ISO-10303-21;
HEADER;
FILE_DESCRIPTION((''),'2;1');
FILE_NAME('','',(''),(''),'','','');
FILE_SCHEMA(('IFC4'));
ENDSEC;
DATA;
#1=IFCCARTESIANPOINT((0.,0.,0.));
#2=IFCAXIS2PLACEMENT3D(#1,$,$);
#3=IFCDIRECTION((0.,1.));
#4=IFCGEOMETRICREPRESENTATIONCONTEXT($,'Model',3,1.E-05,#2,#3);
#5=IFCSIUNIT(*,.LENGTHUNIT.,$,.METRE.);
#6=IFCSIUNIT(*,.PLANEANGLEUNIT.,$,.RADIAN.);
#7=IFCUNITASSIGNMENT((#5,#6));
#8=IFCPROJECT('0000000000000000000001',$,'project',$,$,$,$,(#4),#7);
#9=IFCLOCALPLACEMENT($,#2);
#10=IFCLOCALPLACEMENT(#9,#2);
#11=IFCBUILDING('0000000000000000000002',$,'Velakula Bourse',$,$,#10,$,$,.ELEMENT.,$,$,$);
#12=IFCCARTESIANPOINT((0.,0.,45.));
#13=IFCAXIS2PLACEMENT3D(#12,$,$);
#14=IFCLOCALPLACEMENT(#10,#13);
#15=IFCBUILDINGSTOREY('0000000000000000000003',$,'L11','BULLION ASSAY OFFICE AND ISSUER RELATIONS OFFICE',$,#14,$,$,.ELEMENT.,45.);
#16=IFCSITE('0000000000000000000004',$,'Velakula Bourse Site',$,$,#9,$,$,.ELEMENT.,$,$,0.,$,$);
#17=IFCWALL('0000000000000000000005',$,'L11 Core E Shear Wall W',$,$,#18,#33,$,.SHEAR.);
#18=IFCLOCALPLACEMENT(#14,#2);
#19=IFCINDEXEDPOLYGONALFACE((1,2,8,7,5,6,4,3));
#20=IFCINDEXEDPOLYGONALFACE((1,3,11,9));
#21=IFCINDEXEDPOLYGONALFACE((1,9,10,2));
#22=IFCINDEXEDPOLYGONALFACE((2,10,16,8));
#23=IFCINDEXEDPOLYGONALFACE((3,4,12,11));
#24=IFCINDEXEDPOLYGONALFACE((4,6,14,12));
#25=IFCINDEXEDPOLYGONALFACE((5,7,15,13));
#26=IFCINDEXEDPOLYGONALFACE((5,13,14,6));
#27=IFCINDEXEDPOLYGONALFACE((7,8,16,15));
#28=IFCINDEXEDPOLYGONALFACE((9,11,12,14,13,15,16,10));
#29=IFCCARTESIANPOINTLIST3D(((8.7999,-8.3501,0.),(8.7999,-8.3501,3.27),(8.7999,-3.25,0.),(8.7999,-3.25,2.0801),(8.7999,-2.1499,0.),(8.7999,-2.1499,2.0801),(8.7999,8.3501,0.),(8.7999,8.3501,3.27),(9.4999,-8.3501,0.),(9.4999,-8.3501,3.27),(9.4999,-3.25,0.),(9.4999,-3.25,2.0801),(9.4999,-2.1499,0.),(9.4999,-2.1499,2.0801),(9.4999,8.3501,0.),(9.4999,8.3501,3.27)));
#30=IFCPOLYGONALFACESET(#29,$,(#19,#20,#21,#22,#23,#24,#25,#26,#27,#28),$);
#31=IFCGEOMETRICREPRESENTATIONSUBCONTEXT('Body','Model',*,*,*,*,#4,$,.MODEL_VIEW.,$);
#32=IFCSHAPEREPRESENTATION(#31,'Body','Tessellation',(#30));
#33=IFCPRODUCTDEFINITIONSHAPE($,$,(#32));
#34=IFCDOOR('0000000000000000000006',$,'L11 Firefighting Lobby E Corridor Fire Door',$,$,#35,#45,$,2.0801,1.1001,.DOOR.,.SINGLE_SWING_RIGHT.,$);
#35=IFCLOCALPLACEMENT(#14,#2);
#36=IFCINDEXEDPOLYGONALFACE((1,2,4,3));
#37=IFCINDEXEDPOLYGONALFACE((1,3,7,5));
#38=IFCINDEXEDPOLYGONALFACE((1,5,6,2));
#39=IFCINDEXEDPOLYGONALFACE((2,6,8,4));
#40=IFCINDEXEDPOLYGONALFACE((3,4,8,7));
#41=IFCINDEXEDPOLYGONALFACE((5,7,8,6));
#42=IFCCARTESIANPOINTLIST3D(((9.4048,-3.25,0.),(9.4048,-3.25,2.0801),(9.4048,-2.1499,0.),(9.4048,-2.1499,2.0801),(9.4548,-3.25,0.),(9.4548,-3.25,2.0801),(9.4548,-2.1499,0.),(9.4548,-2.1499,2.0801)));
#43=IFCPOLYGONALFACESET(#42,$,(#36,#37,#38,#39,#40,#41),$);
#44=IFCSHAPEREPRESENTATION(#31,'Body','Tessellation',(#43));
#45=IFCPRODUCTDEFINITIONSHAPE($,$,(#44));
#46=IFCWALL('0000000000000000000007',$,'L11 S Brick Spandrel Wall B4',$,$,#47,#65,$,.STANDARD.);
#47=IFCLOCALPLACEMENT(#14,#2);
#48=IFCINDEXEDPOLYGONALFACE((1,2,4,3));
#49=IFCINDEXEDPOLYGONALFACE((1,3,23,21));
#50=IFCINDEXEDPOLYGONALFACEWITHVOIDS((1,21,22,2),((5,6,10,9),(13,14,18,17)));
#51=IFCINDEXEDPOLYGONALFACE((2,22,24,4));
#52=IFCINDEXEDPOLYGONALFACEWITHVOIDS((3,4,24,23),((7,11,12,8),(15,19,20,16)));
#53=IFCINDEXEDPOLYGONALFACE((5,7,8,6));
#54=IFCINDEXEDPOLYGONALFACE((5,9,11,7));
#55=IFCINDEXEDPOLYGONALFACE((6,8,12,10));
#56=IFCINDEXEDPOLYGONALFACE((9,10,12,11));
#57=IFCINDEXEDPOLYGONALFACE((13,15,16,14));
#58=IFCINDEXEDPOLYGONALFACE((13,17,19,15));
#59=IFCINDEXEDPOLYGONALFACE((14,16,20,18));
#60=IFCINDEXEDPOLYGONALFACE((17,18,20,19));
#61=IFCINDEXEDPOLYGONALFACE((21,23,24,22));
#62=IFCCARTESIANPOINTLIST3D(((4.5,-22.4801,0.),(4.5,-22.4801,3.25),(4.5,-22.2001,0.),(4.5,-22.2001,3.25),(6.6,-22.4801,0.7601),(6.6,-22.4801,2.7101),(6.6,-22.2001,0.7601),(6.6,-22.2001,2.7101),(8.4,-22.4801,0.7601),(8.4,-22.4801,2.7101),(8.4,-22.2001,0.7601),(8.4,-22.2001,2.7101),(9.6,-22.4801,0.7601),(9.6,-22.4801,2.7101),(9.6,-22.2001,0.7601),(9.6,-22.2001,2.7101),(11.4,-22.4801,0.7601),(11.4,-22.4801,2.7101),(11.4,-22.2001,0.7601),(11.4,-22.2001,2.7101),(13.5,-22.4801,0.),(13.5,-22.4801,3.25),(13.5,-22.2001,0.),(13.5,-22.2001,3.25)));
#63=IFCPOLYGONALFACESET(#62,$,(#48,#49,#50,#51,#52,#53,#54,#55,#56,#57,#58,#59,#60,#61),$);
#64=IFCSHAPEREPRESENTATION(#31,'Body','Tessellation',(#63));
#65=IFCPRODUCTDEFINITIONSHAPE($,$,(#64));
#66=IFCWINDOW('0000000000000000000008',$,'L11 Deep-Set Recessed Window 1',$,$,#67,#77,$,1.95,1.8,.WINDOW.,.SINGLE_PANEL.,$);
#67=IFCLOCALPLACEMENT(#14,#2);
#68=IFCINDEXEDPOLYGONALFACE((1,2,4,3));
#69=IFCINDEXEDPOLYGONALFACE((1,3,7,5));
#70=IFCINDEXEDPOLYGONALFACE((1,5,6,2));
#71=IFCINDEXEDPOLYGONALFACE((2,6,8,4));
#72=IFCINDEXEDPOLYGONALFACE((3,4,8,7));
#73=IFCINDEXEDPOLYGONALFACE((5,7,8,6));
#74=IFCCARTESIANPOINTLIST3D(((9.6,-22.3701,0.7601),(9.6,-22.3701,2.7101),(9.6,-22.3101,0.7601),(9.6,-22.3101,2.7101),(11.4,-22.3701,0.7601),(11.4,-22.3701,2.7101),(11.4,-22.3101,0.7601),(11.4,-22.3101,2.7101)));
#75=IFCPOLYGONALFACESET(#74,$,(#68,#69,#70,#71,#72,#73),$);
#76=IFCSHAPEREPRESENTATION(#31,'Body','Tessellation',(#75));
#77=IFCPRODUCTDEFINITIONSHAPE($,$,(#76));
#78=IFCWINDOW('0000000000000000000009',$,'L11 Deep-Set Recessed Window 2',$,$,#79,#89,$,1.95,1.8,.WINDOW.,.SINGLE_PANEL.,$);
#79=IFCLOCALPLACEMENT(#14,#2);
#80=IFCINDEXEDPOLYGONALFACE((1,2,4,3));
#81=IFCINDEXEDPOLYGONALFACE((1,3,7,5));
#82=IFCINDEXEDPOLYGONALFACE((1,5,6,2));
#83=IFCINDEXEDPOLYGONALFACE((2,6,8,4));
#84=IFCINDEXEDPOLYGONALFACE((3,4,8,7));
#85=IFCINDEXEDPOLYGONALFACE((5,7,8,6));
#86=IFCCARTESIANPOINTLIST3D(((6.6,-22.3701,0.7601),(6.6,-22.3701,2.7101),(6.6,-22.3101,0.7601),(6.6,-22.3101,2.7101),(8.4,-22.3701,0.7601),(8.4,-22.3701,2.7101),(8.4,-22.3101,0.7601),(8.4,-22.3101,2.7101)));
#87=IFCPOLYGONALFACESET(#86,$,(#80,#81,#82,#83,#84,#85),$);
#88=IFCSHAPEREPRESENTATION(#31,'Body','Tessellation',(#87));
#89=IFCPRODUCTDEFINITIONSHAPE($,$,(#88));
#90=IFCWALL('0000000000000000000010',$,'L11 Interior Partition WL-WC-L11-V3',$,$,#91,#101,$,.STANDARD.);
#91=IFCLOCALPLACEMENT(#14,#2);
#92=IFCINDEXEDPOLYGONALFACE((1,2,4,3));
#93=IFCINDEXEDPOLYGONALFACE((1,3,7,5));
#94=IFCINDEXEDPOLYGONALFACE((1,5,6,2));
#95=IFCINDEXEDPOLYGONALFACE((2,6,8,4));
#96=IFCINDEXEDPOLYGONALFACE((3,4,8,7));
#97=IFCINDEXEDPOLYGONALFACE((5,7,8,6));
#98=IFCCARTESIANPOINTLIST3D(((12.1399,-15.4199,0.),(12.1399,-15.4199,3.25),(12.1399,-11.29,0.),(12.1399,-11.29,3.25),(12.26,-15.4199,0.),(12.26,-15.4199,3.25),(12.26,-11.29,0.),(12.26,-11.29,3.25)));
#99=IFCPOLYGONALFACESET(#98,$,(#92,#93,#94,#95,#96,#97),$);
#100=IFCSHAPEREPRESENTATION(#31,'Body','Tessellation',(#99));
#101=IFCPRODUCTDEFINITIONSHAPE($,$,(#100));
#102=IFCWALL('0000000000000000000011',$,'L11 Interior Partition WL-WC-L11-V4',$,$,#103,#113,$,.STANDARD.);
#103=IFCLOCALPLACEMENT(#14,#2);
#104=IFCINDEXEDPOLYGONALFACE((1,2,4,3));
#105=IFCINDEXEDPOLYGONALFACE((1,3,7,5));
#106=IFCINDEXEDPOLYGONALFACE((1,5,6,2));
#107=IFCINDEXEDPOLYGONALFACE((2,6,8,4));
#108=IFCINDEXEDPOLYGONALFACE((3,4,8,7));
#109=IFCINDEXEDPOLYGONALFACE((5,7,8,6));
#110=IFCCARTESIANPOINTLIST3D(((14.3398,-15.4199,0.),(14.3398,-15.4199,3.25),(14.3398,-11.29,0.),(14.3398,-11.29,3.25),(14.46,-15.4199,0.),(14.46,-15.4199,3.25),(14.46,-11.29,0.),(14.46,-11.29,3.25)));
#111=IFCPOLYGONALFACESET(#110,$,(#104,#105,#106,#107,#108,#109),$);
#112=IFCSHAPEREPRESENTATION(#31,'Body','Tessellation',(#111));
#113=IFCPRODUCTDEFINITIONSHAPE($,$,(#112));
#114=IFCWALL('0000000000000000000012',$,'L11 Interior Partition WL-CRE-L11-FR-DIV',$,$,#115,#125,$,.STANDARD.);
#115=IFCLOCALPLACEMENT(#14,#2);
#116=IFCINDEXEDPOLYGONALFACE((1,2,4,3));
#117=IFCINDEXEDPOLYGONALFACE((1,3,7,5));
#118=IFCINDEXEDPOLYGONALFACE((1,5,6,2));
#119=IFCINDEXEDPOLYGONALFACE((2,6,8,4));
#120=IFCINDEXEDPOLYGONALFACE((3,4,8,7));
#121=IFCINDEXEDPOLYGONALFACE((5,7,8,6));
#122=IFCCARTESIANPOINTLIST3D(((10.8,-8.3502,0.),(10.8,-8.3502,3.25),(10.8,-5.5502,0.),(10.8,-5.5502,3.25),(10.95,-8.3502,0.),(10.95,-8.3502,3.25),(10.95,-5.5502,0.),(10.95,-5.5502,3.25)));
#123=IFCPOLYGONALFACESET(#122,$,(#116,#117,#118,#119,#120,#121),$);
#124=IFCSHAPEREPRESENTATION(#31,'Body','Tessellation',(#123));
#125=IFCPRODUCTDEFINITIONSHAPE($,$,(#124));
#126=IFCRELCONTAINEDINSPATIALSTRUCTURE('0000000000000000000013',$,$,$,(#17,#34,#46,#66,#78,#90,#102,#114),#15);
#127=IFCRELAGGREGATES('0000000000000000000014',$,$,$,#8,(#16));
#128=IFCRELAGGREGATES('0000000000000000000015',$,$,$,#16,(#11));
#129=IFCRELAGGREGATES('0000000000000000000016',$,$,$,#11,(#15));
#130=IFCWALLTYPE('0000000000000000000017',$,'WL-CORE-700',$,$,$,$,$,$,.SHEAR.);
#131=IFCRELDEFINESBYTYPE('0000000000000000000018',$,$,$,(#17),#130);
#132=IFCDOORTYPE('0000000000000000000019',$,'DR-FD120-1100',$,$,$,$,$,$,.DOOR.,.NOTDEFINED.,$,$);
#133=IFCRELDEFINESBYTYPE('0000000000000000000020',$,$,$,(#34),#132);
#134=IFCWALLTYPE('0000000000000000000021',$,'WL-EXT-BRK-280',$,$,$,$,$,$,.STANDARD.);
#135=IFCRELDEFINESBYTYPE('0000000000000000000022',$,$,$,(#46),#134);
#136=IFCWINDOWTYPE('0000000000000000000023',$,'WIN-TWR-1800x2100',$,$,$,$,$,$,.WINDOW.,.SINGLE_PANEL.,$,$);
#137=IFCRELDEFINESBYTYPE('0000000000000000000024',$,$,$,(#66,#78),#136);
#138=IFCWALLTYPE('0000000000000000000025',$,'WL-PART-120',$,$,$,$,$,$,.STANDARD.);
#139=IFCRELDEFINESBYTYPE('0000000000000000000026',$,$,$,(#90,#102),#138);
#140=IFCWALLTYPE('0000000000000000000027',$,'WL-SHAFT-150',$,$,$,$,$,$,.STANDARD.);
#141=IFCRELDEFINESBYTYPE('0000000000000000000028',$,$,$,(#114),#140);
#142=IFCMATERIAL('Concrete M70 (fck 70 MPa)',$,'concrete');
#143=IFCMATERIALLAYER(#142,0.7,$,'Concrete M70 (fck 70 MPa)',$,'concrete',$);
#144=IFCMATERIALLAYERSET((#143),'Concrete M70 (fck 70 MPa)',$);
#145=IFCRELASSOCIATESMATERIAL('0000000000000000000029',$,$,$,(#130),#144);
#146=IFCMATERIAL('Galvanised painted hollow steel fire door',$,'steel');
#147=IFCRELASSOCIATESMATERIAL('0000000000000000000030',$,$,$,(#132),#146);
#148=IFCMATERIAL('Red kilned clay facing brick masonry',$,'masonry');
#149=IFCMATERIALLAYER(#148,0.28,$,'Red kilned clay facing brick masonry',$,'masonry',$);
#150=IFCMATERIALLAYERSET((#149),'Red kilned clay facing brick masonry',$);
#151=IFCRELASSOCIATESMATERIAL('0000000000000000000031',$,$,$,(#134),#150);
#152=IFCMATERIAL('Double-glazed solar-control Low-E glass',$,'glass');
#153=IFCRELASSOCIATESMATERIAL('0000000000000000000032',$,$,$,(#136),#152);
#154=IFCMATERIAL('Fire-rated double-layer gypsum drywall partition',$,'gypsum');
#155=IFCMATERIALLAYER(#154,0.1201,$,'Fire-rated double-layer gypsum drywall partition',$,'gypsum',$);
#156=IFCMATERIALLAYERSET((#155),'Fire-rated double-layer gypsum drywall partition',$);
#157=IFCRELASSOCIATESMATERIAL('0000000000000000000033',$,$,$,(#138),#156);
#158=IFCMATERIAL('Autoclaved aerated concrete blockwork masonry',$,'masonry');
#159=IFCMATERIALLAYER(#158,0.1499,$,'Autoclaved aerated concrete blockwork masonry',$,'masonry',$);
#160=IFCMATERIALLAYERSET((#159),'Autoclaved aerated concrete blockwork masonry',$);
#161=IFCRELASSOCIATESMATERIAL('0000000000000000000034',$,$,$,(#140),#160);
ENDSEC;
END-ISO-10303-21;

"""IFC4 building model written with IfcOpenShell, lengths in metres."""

from ifc_helpers import new_model, si_unit, direction, frame, frame_2d, origin, place, context, subcontext, project, spatial, rectangle, extrude, material, layer, layer_set, type_object, element, fill, save


model = new_model("IFC4")

# Units and contexts
model_context = context("Model", 3, precision=1e-05, world=origin(), true_north=direction((0.0, 1.0)))
body_context = subcontext(model_context, "Body", "Model", "MODEL_VIEW")
ifc_project = project(units=[si_unit("LENGTHUNIT", "METRE"), si_unit("PLANEANGLEUNIT", "RADIAN")], contexts=[model_context])

# Site, building, storey
site_placement = place(None, origin())
site = spatial("IfcSite", under=ifc_project, at=site_placement, Name="Velakula Bourse Site", CompositionType="ELEMENT", RefElevation=0.0)
building_placement = place(site_placement, origin())
building = spatial("IfcBuilding", under=site, at=building_placement, Name="Velakula Bourse", CompositionType="ELEMENT")
storey_placement = place(building_placement, frame((0.0, 0.0, 45.0)))
storey = spatial("IfcBuildingStorey", under=building, at=storey_placement, Name="L11", Description="BULLION ASSAY OFFICE AND ISSUER RELATIONS OFFICE", CompositionType="ELEMENT", Elevation=45.0)

# Shared definitions
ifc_material_1 = material(Name="Galvanised painted hollow steel fire door", Category="steel")

# Wall, opening, door
ifc_material_2 = material(Name="Concrete M70 (fck 70 MPa)", Category="concrete")
ifc_layer_1 = layer(ifc_material_2, 0.7, Name="Concrete M70 (fck 70 MPa)", Category="concrete")
ifc_layer_set_1 = layer_set([ifc_layer_1], Name="Concrete M70 (fck 70 MPa)")
wall_type_1 = type_object("IfcWallType", Name="WL-CORE-700", PredefinedType="SHEAR", material=ifc_layer_set_1)
wall_1_placement = place(storey_placement, frame((9.1499, -8.3501, 0.0), z_axis=(0.0, 0.0, 1.0), x_axis=(0.0, 1.0, 0.0)))
wall_1 = element("IfcWall", 1, at=wall_1_placement, inside=storey, type_object=wall_type_1, Name="L11 Core E Shear Wall W", PredefinedType="SHEAR", context=body_context, shape_type="SweptSolid", body=[
    extrude(rectangle(XDim=16.7002, YDim=0.7, at=frame_2d((8.3501, 0.0))), origin(), (0.0, 0.0, 1.0), 3.27),
])
opening_1_placement = place(wall_1_placement, frame((5.1001, 0.0, 0.0)))
opening_1 = element("IfcOpeningElement", 2, at=opening_1_placement, cuts=wall_1, PredefinedType="OPENING", context=body_context, shape_type="SweptSolid", body=[
    extrude(rectangle(XDim=1.1001, YDim=2.0801, at=frame_2d((0.55, 1.04))), frame((0.0, 0.3599, 0.0), z_axis=(0.0, -1.0, 0.0), x_axis=(1.0, 0.0, 0.0)), (0.0, 0.0, 1.0), 0.72),
])
door_type_1 = type_object("IfcDoorType", Name="DR-FD120-1100", OperationType="NOTDEFINED", PredefinedType="DOOR", material=ifc_material_1)
door_1_placement = place(opening_1_placement, origin())
door_1 = element("IfcDoor", 3, at=door_1_placement, inside=storey, type_object=door_type_1, Name="L11 Firefighting Lobby E Corridor Fire Door", OperationType="SINGLE_SWING_RIGHT", OverallHeight=2.0801, OverallWidth=1.1001, PredefinedType="DOOR", context=body_context, shape_type="SweptSolid", body=[
    extrude(rectangle(XDim=1.1001, YDim=2.0801, at=frame_2d((0.55, 1.04))), frame((0.0, -0.2549, 0.0), z_axis=(0.0, -1.0, 0.0), x_axis=(1.0, 0.0, 0.0)), (0.0, 0.0, 1.0), 0.05),
])
fill(opening_1, door_1)

# Wall, openings, windows
ifc_material_3 = material(Name="Red kilned clay facing brick masonry", Category="masonry")
ifc_layer_2 = layer(ifc_material_3, 0.28, Name="Red kilned clay facing brick masonry", Category="masonry")
ifc_layer_set_2 = layer_set([ifc_layer_2], Name="Red kilned clay facing brick masonry")
wall_type_2 = type_object("IfcWallType", Name="WL-EXT-BRK-280", PredefinedType="STANDARD", material=ifc_layer_set_2)
wall_2_placement = place(storey_placement, frame((13.5, -22.3401, 0.0), z_axis=(0.0, 0.0, 1.0), x_axis=(-1.0, 0.0, 0.0)))
wall_2 = element("IfcWall", 4, at=wall_2_placement, inside=storey, type_object=wall_type_2, Name="L11 S Brick Spandrel Wall B4", PredefinedType="STANDARD", context=body_context, shape_type="SweptSolid", body=[
    extrude(rectangle(XDim=9.0, YDim=0.28, at=frame_2d((4.5, 0.0))), origin(), (0.0, 0.0, 1.0), 3.25),
])
opening_2_placement = place(wall_2_placement, frame((2.1001, 0.0, 0.76)))
opening_2 = element("IfcOpeningElement", 5, at=opening_2_placement, cuts=wall_2, PredefinedType="OPENING", context=body_context, shape_type="SweptSolid", body=[
    extrude(rectangle(XDim=1.8, YDim=1.95, at=frame_2d((0.8999, 0.9751))), frame((0.0, 0.1499, 0.0), z_axis=(0.0, -1.0, 0.0), x_axis=(1.0, 0.0, 0.0)), (0.0, 0.0, 1.0), 0.3),
])
opening_3_placement = place(wall_2_placement, frame((5.1001, 0.0, 0.76)))
opening_3 = element("IfcOpeningElement", 6, at=opening_3_placement, cuts=wall_2, PredefinedType="OPENING", context=body_context, shape_type="SweptSolid", body=[
    extrude(rectangle(XDim=1.8, YDim=1.95, at=frame_2d((0.8999, 0.9751))), frame((0.0, 0.1499, 0.0), z_axis=(0.0, -1.0, 0.0), x_axis=(1.0, 0.0, 0.0)), (0.0, 0.0, 1.0), 0.3),
])
ifc_material_4 = material(Name="Double-glazed solar-control Low-E glass", Category="glass")
window_type = type_object("IfcWindowType", Name="WIN-TWR-1800x2100", PartitioningType="SINGLE_PANEL", PredefinedType="WINDOW", material=ifc_material_4)
window_1_placement = place(opening_2_placement, origin())
window_1 = element("IfcWindow", 7, at=window_1_placement, inside=storey, type_object=window_type, Name="L11 Deep-Set Recessed Window 1", OverallHeight=1.95, OverallWidth=1.8, PartitioningType="SINGLE_PANEL", PredefinedType="WINDOW", context=body_context, shape_type="SweptSolid", body=[
    extrude(rectangle(XDim=1.8, YDim=1.95, at=frame_2d((0.8999, 0.9751))), frame((0.0, 0.03, 0.0), z_axis=(0.0, -1.0, 0.0), x_axis=(1.0, 0.0, 0.0)), (0.0, 0.0, 1.0), 0.0601),
])
fill(opening_2, window_1)
window_2_placement = place(opening_3_placement, origin())
window_2 = element("IfcWindow", 8, at=window_2_placement, inside=storey, type_object=window_type, Name="L11 Deep-Set Recessed Window 2", OverallHeight=1.95, OverallWidth=1.8, PartitioningType="SINGLE_PANEL", PredefinedType="WINDOW", context=body_context, shape_type="SweptSolid", body=[
    extrude(rectangle(XDim=1.8, YDim=1.95, at=frame_2d((0.8999, 0.9751))), frame((0.0, 0.03, 0.0), z_axis=(0.0, -1.0, 0.0), x_axis=(1.0, 0.0, 0.0)), (0.0, 0.0, 1.0), 0.0601),
])
fill(opening_3, window_2)

# Walls
ifc_material_5 = material(Name="Fire-rated double-layer gypsum drywall partition", Category="gypsum")
ifc_layer_3 = layer(ifc_material_5, 0.1201, Name="Fire-rated double-layer gypsum drywall partition", Category="gypsum")
ifc_layer_set_3 = layer_set([ifc_layer_3], Name="Fire-rated double-layer gypsum drywall partition")
wall_type_3 = type_object("IfcWallType", Name="WL-PART-120", PredefinedType="STANDARD", material=ifc_layer_set_3)
for number, where, z_axis, x_axis, name in (
    (9, (12.2, -15.4199, 0.0), (0.0, 0.0, 1.0), (0.0, 1.0, 0.0), "L11 Interior Partition WL-WC-L11-V3"),
    (10, (14.3999, -15.4199, 0.0), (0.0, 0.0, 1.0), (0.0, 1.0, 0.0), "L11 Interior Partition WL-WC-L11-V4"),
):
    element("IfcWall", number, at=place(storey_placement, frame(where, z_axis=z_axis, x_axis=x_axis)), inside=storey, type_object=wall_type_3, Name=name, PredefinedType="STANDARD", context=body_context, shape_type="SweptSolid", body=[
        extrude(rectangle(XDim=4.1299, YDim=0.1201, at=frame_2d((2.0649, 0.0))), origin(), (0.0, 0.0, 1.0), 3.25),
    ])

# Shared definitions
ifc_material_6 = material(Name="Autoclaved aerated concrete blockwork masonry", Category="masonry")
ifc_layer_4 = layer(ifc_material_6, 0.1499, Name="Autoclaved aerated concrete blockwork masonry", Category="masonry")
ifc_layer_set_4 = layer_set([ifc_layer_4], Name="Autoclaved aerated concrete blockwork masonry")
wall_type_4 = type_object("IfcWallType", Name="WL-SHAFT-150", PredefinedType="STANDARD", material=ifc_layer_set_4)

# Wall
wall_3_placement = place(storey_placement, frame((10.875, -8.3501, 0.0), z_axis=(0.0, 0.0, 1.0), x_axis=(0.0, 1.0, 0.0)))
element("IfcWall", 11, at=wall_3_placement, inside=storey, type_object=wall_type_4, Name="L11 Interior Partition WL-CRE-L11-FR-DIV", PredefinedType="STANDARD", context=body_context, shape_type="SweptSolid", body=[
    extrude(rectangle(XDim=2.8, YDim=0.1499, at=frame_2d((1.3999, 0.0))), origin(), (0.0, 0.0, 1.0), 3.25),
])

save(model, "model.ifc")
